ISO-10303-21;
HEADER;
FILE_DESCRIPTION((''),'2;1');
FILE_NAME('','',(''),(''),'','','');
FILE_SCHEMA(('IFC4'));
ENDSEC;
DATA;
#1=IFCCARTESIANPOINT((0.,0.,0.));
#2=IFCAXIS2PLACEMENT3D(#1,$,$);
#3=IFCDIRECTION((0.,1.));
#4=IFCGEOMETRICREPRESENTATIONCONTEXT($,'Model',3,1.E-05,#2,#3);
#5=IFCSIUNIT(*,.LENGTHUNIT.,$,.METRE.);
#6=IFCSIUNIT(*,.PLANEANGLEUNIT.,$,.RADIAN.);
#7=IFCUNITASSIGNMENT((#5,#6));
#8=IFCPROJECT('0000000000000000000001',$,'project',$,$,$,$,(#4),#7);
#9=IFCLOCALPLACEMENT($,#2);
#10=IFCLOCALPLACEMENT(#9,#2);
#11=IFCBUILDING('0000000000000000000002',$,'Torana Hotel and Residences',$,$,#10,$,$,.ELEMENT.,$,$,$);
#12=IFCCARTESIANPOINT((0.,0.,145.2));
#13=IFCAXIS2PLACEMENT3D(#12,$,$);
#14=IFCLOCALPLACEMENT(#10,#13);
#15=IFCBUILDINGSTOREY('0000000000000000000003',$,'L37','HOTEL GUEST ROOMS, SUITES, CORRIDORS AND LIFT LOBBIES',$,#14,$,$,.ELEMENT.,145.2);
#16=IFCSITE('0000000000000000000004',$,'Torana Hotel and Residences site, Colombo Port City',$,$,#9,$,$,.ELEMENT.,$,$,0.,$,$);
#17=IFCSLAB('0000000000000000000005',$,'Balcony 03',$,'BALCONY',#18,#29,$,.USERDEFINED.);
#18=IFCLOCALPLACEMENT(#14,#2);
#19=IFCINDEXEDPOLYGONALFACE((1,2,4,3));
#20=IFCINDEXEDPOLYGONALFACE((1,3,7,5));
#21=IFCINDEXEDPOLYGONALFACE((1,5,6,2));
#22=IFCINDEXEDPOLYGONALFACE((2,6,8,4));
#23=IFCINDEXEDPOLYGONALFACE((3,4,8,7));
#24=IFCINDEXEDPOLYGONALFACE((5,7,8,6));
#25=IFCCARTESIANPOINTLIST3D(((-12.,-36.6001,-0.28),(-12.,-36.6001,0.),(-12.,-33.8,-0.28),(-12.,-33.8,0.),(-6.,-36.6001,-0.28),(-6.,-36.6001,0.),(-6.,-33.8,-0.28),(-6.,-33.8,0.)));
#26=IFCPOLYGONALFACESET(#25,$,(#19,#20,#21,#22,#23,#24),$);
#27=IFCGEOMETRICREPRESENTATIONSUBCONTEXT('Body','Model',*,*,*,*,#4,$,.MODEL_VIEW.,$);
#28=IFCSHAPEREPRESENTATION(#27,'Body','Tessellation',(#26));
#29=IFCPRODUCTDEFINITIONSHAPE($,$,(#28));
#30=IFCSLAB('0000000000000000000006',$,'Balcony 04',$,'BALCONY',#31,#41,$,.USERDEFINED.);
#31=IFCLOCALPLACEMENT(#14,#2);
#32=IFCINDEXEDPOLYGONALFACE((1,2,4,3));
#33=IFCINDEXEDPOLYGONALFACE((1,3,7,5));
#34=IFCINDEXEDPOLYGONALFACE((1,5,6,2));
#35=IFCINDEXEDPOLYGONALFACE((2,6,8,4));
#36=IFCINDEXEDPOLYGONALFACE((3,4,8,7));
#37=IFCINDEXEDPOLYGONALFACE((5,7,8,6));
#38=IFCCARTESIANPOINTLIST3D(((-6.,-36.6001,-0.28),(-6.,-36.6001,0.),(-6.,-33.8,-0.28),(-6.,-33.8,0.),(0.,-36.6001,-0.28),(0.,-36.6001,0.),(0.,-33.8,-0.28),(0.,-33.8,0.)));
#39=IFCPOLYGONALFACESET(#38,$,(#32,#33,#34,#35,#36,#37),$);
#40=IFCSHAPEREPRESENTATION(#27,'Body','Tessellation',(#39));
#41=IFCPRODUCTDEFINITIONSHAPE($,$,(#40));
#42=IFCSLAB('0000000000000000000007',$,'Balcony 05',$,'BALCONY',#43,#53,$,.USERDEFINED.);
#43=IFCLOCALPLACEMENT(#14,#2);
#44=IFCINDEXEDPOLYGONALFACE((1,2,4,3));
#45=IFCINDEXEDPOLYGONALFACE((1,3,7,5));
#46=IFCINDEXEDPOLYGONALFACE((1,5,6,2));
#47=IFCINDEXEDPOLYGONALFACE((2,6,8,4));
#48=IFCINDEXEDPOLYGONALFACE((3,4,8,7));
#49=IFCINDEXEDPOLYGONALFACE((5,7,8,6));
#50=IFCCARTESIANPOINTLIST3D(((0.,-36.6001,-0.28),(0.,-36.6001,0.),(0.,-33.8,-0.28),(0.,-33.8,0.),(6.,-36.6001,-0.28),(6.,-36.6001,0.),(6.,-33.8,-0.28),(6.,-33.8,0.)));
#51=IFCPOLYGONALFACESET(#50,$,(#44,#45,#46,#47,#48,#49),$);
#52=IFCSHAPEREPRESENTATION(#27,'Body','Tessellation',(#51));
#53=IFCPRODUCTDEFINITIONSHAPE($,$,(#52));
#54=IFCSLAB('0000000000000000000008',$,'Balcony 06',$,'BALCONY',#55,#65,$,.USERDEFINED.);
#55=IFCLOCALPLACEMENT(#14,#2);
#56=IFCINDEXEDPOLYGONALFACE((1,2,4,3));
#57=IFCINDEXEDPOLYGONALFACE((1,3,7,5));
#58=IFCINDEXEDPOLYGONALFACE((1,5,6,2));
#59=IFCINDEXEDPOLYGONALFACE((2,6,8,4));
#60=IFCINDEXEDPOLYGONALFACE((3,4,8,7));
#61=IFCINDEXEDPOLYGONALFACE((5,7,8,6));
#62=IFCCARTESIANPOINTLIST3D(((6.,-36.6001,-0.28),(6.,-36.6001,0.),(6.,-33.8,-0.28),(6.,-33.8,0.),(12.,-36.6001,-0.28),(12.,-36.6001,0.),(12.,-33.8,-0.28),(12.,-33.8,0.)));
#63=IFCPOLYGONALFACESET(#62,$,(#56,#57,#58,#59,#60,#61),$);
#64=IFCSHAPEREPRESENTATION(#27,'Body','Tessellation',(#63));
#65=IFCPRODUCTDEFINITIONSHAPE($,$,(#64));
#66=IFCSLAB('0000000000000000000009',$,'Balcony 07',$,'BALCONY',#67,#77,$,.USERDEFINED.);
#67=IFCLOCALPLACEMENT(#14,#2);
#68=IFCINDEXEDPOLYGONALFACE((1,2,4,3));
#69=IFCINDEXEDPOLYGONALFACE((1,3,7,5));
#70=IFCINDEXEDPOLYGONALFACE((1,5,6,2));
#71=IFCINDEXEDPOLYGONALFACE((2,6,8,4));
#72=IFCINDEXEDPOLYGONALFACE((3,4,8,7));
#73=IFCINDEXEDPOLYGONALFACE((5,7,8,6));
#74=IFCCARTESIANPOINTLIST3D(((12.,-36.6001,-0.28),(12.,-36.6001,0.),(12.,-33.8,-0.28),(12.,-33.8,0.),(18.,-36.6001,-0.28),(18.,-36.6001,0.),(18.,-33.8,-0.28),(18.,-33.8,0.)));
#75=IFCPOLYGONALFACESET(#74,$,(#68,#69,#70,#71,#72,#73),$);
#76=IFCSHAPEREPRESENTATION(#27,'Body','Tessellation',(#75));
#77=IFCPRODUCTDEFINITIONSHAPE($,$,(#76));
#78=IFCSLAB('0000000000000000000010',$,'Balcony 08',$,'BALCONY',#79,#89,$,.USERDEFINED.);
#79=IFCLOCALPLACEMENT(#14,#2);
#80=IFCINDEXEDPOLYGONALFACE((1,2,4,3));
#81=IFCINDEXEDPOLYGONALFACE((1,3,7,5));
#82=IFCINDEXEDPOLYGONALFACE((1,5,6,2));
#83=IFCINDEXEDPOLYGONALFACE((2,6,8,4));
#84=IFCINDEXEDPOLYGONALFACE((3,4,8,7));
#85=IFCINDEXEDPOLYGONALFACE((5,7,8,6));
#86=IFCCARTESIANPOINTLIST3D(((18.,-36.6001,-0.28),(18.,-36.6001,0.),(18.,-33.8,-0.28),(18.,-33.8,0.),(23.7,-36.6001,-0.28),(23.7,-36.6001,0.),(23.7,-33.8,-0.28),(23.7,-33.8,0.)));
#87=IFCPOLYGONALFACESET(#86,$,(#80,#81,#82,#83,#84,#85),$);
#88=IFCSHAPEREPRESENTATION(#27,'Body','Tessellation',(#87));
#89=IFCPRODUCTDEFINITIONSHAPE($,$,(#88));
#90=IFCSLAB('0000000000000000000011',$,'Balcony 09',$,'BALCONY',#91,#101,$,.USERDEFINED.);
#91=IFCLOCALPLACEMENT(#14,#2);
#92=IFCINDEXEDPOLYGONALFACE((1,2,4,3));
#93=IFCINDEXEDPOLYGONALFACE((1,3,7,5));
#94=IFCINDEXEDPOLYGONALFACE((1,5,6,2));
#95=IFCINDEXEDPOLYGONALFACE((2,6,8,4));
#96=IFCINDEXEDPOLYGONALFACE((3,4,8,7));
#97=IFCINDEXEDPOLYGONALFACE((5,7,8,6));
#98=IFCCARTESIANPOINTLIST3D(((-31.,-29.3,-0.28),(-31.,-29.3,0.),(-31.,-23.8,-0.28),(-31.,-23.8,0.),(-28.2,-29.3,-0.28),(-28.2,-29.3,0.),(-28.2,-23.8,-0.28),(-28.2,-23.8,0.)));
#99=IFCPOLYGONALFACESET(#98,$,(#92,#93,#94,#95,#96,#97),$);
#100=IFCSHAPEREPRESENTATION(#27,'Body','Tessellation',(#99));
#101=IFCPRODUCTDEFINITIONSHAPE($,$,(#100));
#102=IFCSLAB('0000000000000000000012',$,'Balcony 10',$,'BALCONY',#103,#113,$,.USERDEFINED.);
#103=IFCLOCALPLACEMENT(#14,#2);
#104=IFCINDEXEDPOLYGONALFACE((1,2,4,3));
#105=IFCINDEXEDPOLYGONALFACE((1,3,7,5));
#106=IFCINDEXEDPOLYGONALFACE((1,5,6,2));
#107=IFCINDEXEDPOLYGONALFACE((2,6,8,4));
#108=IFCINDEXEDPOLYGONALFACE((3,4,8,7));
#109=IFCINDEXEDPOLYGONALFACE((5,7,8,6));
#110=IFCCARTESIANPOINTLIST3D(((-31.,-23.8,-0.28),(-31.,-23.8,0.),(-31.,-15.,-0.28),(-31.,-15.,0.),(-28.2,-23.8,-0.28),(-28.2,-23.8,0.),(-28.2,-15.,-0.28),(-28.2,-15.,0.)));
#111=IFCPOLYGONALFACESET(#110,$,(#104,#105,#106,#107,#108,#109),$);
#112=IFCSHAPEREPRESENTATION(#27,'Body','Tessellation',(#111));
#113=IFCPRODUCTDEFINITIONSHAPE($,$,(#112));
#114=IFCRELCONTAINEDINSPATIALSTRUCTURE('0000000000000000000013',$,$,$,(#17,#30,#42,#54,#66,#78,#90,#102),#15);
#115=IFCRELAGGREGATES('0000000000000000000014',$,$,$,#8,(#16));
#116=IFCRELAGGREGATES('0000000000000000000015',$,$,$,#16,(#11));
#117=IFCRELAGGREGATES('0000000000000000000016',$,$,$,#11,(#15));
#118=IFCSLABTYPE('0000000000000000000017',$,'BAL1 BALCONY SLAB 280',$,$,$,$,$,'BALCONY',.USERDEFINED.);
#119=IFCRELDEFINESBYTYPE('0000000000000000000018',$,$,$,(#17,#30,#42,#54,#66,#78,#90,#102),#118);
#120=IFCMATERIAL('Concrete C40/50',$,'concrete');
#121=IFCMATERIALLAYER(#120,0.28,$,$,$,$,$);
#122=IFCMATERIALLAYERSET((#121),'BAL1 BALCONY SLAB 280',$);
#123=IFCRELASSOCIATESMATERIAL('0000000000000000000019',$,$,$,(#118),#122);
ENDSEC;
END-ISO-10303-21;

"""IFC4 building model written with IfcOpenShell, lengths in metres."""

from ifc_helpers import new_model, si_unit, direction, frame, origin, place, context, subcontext, project, spatial, polyline, outline, extrude, material, layer, layer_set, type_object, element, save


model = new_model("IFC4")

# Units and contexts
model_context = context("Model", 3, precision=1e-05, world=origin(), true_north=direction((0.0, 1.0)))
body_context = subcontext(model_context, "Body", "Model", "MODEL_VIEW")
ifc_project = project(units=[si_unit("LENGTHUNIT", "METRE"), si_unit("PLANEANGLEUNIT", "RADIAN")], contexts=[model_context])

# Site, building, storey
site_placement = place(None, origin())
site = spatial("IfcSite", under=ifc_project, at=site_placement, Name="Torana Hotel and Residences site, Colombo Port City", CompositionType="ELEMENT", RefElevation=0.0)
building_placement = place(site_placement, origin())
building = spatial("IfcBuilding", under=site, at=building_placement, Name="Torana Hotel and Residences", CompositionType="ELEMENT")
storey_placement = place(building_placement, frame((0.0, 0.0, 145.2)))
storey = spatial("IfcBuildingStorey", under=building, at=storey_placement, Name="L37", Description="HOTEL GUEST ROOMS, SUITES, CORRIDORS AND LIFT LOBBIES", CompositionType="ELEMENT", Elevation=145.2)

# Slabs
ifc_material_1 = material(Name="Concrete C40/50", Category="concrete")
ifc_layer_1 = layer(ifc_material_1, 0.28)
ifc_layer_set_1 = layer_set([ifc_layer_1], Name="BAL1 BALCONY SLAB 280")
slab_type = type_object("IfcSlabType", Name="BAL1 BALCONY SLAB 280", ElementType="BALCONY", PredefinedType="USERDEFINED", material=ifc_layer_set_1)
slab_1_placement = place(storey_placement, frame((0.0, 0.0, -0.28)))
element("IfcSlab", 1, at=slab_1_placement, inside=storey, type_object=slab_type, Name="Balcony 03", ObjectType="BALCONY", PredefinedType="USERDEFINED", context=body_context, shape_type="SweptSolid", body=[
    extrude(outline(polyline([(-12.0, -36.6001), (-6.0, -36.6001), (-6.0, -33.8), (-12.0, -33.8), (-12.0, -36.6001)])), origin(), (0.0, 0.0, 1.0), 0.28),
])
slab_2_placement = place(storey_placement, frame((0.0, 0.0, -0.28)))
element("IfcSlab", 2, at=slab_2_placement, inside=storey, type_object=slab_type, Name="Balcony 04", ObjectType="BALCONY", PredefinedType="USERDEFINED", context=body_context, shape_type="SweptSolid", body=[
    extrude(outline(polyline([(-6.0, -36.6001), (0.0, -36.6001), (0.0, -33.8), (-6.0, -33.8), (-6.0, -36.6001)])), origin(), (0.0, 0.0, 1.0), 0.28),
])
slab_3_placement = place(storey_placement, frame((0.0, 0.0, -0.28)))
element("IfcSlab", 3, at=slab_3_placement, inside=storey, type_object=slab_type, Name="Balcony 05", ObjectType="BALCONY", PredefinedType="USERDEFINED", context=body_context, shape_type="SweptSolid", body=[
    extrude(outline(polyline([(0.0, -36.6001), (6.0, -36.6001), (6.0, -33.8), (0.0, -33.8), (0.0, -36.6001)])), origin(), (0.0, 0.0, 1.0), 0.28),
])
slab_4_placement = place(storey_placement, frame((0.0, 0.0, -0.28)))
element("IfcSlab", 4, at=slab_4_placement, inside=storey, type_object=slab_type, Name="Balcony 06", ObjectType="BALCONY", PredefinedType="USERDEFINED", context=body_context, shape_type="SweptSolid", body=[
    extrude(outline(polyline([(6.0, -36.6001), (12.0, -36.6001), (12.0, -33.8), (6.0, -33.8), (6.0, -36.6001)])), origin(), (0.0, 0.0, 1.0), 0.28),
])
slab_5_placement = place(storey_placement, frame((0.0, 0.0, -0.28)))
element("IfcSlab", 5, at=slab_5_placement, inside=storey, type_object=slab_type, Name="Balcony 07", ObjectType="BALCONY", PredefinedType="USERDEFINED", context=body_context, shape_type="SweptSolid", body=[
    extrude(outline(polyline([(12.0, -36.6001), (18.0, -36.6001), (18.0, -33.8), (12.0, -33.8), (12.0, -36.6001)])), origin(), (0.0, 0.0, 1.0), 0.28),
])
slab_6_placement = place(storey_placement, frame((0.0, 0.0, -0.28)))
element("IfcSlab", 6, at=slab_6_placement, inside=storey, type_object=slab_type, Name="Balcony 08", ObjectType="BALCONY", PredefinedType="USERDEFINED", context=body_context, shape_type="SweptSolid", body=[
    extrude(outline(polyline([(18.0, -36.6001), (23.7, -36.6001), (23.7, -33.8), (18.0, -33.8), (18.0, -36.6001)])), origin(), (0.0, 0.0, 1.0), 0.28),
])
slab_7_placement = place(storey_placement, frame((0.0, 0.0, -0.28)))
element("IfcSlab", 7, at=slab_7_placement, inside=storey, type_object=slab_type, Name="Balcony 09", ObjectType="BALCONY", PredefinedType="USERDEFINED", context=body_context, shape_type="SweptSolid", body=[
    extrude(outline(polyline([(-31.0, -29.3), (-28.2, -29.3), (-28.2, -23.8), (-31.0, -23.8), (-31.0, -29.3)])), origin(), (0.0, 0.0, 1.0), 0.28),
])
slab_8_placement = place(storey_placement, frame((0.0, 0.0, -0.28)))
element("IfcSlab", 8, at=slab_8_placement, inside=storey, type_object=slab_type, Name="Balcony 10", ObjectType="BALCONY", PredefinedType="USERDEFINED", context=body_context, shape_type="SweptSolid", body=[
    extrude(outline(polyline([(-31.0, -23.8), (-28.2, -23.8), (-28.2, -15.0), (-31.0, -15.0), (-31.0, -23.8)])), origin(), (0.0, 0.0, 1.0), 0.28),
])

save(model, "model.ifc")
